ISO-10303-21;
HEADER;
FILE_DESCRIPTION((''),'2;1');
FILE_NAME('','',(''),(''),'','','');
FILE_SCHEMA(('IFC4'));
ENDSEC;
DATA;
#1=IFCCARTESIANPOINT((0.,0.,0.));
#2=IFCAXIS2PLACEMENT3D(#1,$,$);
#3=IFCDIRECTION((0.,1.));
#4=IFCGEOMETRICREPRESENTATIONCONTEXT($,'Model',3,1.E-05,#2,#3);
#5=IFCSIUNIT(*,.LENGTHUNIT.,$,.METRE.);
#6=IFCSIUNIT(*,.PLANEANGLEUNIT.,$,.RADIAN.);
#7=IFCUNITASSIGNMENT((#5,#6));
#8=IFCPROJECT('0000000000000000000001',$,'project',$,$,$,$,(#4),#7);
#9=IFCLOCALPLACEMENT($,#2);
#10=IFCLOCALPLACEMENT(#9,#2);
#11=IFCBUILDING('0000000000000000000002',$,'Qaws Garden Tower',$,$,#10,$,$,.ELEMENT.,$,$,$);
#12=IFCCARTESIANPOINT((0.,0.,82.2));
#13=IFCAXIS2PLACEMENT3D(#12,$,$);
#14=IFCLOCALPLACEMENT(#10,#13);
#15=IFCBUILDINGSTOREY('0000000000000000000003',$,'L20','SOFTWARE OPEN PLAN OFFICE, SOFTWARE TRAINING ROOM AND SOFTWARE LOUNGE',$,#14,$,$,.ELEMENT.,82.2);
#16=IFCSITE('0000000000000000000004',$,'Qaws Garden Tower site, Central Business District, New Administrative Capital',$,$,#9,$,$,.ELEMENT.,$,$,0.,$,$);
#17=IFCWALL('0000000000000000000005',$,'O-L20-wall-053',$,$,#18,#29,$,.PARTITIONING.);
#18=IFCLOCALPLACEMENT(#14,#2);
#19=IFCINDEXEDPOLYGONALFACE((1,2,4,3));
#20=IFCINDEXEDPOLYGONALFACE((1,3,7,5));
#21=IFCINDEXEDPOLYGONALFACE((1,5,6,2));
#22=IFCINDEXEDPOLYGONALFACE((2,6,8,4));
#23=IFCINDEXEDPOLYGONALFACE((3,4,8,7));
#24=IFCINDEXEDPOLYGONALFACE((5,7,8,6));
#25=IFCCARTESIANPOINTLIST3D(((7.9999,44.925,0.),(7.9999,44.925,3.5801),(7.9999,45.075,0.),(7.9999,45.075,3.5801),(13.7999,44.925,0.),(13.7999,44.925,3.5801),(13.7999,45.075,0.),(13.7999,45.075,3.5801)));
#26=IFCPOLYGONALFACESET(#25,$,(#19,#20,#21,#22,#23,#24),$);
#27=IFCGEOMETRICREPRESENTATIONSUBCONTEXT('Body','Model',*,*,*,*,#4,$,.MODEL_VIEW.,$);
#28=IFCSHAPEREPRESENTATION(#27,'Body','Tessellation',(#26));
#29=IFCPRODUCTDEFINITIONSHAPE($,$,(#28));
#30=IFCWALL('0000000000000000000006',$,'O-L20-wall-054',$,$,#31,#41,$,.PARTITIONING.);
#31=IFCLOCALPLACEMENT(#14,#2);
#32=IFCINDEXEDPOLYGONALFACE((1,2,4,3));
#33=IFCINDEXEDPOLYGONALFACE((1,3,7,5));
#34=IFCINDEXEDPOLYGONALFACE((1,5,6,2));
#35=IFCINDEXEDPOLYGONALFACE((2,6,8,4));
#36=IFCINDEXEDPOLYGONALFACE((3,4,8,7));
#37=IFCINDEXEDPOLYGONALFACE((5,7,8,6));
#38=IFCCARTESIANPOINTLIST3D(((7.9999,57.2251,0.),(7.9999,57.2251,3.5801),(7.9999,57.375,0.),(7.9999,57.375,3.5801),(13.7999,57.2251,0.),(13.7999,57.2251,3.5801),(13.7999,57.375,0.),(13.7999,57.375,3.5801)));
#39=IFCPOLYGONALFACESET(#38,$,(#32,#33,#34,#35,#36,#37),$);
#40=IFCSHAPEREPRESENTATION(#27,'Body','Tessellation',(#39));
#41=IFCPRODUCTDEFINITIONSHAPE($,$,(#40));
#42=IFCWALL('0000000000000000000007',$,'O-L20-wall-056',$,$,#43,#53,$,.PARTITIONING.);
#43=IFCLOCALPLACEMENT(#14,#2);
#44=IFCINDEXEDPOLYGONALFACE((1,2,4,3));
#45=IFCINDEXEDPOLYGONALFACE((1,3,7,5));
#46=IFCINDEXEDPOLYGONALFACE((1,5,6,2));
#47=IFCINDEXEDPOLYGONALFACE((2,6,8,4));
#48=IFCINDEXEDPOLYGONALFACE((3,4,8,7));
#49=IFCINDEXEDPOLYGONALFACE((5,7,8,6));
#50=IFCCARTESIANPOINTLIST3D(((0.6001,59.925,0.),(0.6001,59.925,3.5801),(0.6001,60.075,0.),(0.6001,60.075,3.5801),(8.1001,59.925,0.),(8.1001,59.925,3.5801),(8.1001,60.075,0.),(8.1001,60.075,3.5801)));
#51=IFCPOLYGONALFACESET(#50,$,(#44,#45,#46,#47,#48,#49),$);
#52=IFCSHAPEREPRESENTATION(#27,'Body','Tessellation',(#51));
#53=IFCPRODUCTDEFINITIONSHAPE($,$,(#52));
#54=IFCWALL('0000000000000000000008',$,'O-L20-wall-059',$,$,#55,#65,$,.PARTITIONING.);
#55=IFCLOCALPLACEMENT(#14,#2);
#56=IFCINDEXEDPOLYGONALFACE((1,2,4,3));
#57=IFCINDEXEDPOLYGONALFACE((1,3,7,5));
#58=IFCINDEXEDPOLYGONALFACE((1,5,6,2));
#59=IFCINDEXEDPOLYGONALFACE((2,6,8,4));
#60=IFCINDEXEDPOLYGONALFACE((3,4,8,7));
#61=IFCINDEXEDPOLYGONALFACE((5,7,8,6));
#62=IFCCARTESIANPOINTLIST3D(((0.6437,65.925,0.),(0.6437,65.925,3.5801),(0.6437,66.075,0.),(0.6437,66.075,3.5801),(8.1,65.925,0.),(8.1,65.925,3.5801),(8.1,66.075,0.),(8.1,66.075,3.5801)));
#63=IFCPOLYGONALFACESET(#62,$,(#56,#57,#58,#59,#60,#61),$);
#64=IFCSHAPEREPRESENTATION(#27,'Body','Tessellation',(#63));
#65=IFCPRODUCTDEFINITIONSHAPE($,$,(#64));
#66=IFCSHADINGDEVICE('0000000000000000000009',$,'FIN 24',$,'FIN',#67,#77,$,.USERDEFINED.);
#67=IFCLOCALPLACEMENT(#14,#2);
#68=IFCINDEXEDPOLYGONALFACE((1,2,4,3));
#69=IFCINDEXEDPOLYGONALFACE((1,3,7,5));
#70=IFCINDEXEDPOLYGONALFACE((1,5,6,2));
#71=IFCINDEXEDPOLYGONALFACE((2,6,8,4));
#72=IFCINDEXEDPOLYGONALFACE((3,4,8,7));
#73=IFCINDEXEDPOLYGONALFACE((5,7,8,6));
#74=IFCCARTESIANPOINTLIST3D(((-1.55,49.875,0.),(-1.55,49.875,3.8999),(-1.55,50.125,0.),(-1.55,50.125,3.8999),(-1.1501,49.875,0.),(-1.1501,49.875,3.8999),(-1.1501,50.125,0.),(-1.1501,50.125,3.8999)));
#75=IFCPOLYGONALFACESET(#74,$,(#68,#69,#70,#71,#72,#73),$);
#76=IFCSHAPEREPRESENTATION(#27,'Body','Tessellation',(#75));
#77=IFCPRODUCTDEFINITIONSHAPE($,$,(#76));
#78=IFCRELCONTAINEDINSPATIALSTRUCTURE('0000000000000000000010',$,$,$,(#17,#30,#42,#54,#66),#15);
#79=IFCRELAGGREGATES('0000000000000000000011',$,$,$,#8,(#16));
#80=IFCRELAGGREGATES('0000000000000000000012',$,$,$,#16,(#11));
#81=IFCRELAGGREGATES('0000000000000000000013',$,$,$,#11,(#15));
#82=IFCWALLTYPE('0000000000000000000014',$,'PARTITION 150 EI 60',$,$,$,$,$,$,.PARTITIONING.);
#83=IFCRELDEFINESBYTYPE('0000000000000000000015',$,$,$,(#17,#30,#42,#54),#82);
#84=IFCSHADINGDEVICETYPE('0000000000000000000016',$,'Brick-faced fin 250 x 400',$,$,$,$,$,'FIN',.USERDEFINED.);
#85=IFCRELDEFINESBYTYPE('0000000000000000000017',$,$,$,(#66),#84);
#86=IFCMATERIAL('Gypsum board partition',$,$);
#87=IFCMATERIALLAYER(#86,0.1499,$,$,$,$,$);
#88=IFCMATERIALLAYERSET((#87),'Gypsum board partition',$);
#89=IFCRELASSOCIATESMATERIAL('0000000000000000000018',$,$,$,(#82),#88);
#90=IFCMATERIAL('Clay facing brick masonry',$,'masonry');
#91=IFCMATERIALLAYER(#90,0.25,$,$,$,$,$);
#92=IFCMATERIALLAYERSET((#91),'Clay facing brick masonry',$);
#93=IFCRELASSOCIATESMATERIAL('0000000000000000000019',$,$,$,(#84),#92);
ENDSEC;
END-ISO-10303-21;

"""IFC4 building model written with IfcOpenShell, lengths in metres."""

from ifc_helpers import new_model, si_unit, direction, frame, frame_2d, origin, origin_2d, place, context, subcontext, project, spatial, rectangle, extrude, material, layer, layer_set, type_object, element, save


model = new_model("IFC4")

# Units and contexts
model_context = context("Model", 3, precision=1e-05, world=origin(), true_north=direction((0.0, 1.0)))
body_context = subcontext(model_context, "Body", "Model", "MODEL_VIEW")
ifc_project = project(units=[si_unit("LENGTHUNIT", "METRE"), si_unit("PLANEANGLEUNIT", "RADIAN")], contexts=[model_context])

# Site, building, storey
site_placement = place(None, origin())
site = spatial("IfcSite", under=ifc_project, at=site_placement, Name="Qaws Garden Tower site, Central Business District, New Administrative Capital", CompositionType="ELEMENT", RefElevation=0.0)
building_placement = place(site_placement, origin())
building = spatial("IfcBuilding", under=site, at=building_placement, Name="Qaws Garden Tower", CompositionType="ELEMENT")
storey_placement = place(building_placement, frame((0.0, 0.0, 82.2)))
storey = spatial("IfcBuildingStorey", under=building, at=storey_placement, Name="L20", Description="SOFTWARE OPEN PLAN OFFICE, SOFTWARE TRAINING ROOM AND SOFTWARE LOUNGE", CompositionType="ELEMENT", Elevation=82.2)

# Shared definitions
ifc_material_1 = material(Name="Gypsum board partition")
ifc_layer_1 = layer(ifc_material_1, 0.1499)
ifc_layer_set_1 = layer_set([ifc_layer_1], Name="Gypsum board partition")
wall_type_1 = type_object("IfcWallType", Name="PARTITION 150 EI 60", PredefinedType="PARTITIONING", material=ifc_layer_set_1)

# Walls
for number, where, z_axis, x_axis, name in (
    (1, (8.0, 45.0, 0.0), (0.0, 0.0, 1.0), (1.0, 0.0, 0.0), "O-L20-wall-053"),
    (2, (8.0, 57.3, 0.0), (0.0, 0.0, 1.0), (1.0, 0.0, 0.0), "O-L20-wall-054"),
):
    element("IfcWall", number, at=place(storey_placement, frame(where, z_axis=z_axis, x_axis=x_axis)), inside=storey, type_object=wall_type_1, Name=name, PredefinedType="PARTITIONING", context=body_context, shape_type="SweptSolid", body=[
        extrude(rectangle(XDim=5.8, YDim=0.1499, at=frame_2d((2.8999, 0.0))), origin(), (0.0, 0.0, 1.0), 3.5801),
    ])
wall_1_placement = place(storey_placement, frame((0.6001, 60.0, 0.0), z_axis=(0.0, 0.0, 1.0), x_axis=(1.0, 0.0, 0.0)))
element("IfcWall", 3, at=wall_1_placement, inside=storey, type_object=wall_type_1, Name="O-L20-wall-056", PredefinedType="PARTITIONING", context=body_context, shape_type="SweptSolid", body=[
    extrude(rectangle(XDim=7.5, YDim=0.1499, at=frame_2d((3.75, 0.0))), origin(), (0.0, 0.0, 1.0), 3.5801),
])
wall_2_placement = place(storey_placement, frame((0.6438, 66.0, 0.0), z_axis=(0.0, 0.0, 1.0), x_axis=(1.0, 0.0, 0.0)))
element("IfcWall", 4, at=wall_2_placement, inside=storey, type_object=wall_type_1, Name="O-L20-wall-059", PredefinedType="PARTITIONING", context=body_context, shape_type="SweptSolid", body=[
    extrude(rectangle(XDim=7.4563, YDim=0.1499, at=frame_2d((3.728, 0.0))), origin(), (0.0, 0.0, 1.0), 3.5801),
])

# Shading device
ifc_material_2 = material(Name="Clay facing brick masonry", Category="masonry")
ifc_layer_2 = layer(ifc_material_2, 0.25)
ifc_layer_set_2 = layer_set([ifc_layer_2], Name="Clay facing brick masonry")
shading_device_type = type_object("IfcShadingDeviceType", Name="Brick-faced fin 250 x 400", ElementType="FIN", PredefinedType="USERDEFINED", material=ifc_layer_set_2)
shading_device_placement = place(storey_placement, frame((-1.3501, 50.0, 0.0), z_axis=(0.0, 0.0, 1.0), x_axis=(0.0, -1.0, 0.0)))
element("IfcShadingDevice", 5, at=shading_device_placement, inside=storey, type_object=shading_device_type, Name="FIN 24", ObjectType="FIN", PredefinedType="USERDEFINED", context=body_context, shape_type="SweptSolid", body=[
    extrude(rectangle(XDim=0.25, YDim=0.3999, at=origin_2d()), origin(), (0.0, 0.0, 1.0), 3.8999),
])

save(model, "model.ifc")
